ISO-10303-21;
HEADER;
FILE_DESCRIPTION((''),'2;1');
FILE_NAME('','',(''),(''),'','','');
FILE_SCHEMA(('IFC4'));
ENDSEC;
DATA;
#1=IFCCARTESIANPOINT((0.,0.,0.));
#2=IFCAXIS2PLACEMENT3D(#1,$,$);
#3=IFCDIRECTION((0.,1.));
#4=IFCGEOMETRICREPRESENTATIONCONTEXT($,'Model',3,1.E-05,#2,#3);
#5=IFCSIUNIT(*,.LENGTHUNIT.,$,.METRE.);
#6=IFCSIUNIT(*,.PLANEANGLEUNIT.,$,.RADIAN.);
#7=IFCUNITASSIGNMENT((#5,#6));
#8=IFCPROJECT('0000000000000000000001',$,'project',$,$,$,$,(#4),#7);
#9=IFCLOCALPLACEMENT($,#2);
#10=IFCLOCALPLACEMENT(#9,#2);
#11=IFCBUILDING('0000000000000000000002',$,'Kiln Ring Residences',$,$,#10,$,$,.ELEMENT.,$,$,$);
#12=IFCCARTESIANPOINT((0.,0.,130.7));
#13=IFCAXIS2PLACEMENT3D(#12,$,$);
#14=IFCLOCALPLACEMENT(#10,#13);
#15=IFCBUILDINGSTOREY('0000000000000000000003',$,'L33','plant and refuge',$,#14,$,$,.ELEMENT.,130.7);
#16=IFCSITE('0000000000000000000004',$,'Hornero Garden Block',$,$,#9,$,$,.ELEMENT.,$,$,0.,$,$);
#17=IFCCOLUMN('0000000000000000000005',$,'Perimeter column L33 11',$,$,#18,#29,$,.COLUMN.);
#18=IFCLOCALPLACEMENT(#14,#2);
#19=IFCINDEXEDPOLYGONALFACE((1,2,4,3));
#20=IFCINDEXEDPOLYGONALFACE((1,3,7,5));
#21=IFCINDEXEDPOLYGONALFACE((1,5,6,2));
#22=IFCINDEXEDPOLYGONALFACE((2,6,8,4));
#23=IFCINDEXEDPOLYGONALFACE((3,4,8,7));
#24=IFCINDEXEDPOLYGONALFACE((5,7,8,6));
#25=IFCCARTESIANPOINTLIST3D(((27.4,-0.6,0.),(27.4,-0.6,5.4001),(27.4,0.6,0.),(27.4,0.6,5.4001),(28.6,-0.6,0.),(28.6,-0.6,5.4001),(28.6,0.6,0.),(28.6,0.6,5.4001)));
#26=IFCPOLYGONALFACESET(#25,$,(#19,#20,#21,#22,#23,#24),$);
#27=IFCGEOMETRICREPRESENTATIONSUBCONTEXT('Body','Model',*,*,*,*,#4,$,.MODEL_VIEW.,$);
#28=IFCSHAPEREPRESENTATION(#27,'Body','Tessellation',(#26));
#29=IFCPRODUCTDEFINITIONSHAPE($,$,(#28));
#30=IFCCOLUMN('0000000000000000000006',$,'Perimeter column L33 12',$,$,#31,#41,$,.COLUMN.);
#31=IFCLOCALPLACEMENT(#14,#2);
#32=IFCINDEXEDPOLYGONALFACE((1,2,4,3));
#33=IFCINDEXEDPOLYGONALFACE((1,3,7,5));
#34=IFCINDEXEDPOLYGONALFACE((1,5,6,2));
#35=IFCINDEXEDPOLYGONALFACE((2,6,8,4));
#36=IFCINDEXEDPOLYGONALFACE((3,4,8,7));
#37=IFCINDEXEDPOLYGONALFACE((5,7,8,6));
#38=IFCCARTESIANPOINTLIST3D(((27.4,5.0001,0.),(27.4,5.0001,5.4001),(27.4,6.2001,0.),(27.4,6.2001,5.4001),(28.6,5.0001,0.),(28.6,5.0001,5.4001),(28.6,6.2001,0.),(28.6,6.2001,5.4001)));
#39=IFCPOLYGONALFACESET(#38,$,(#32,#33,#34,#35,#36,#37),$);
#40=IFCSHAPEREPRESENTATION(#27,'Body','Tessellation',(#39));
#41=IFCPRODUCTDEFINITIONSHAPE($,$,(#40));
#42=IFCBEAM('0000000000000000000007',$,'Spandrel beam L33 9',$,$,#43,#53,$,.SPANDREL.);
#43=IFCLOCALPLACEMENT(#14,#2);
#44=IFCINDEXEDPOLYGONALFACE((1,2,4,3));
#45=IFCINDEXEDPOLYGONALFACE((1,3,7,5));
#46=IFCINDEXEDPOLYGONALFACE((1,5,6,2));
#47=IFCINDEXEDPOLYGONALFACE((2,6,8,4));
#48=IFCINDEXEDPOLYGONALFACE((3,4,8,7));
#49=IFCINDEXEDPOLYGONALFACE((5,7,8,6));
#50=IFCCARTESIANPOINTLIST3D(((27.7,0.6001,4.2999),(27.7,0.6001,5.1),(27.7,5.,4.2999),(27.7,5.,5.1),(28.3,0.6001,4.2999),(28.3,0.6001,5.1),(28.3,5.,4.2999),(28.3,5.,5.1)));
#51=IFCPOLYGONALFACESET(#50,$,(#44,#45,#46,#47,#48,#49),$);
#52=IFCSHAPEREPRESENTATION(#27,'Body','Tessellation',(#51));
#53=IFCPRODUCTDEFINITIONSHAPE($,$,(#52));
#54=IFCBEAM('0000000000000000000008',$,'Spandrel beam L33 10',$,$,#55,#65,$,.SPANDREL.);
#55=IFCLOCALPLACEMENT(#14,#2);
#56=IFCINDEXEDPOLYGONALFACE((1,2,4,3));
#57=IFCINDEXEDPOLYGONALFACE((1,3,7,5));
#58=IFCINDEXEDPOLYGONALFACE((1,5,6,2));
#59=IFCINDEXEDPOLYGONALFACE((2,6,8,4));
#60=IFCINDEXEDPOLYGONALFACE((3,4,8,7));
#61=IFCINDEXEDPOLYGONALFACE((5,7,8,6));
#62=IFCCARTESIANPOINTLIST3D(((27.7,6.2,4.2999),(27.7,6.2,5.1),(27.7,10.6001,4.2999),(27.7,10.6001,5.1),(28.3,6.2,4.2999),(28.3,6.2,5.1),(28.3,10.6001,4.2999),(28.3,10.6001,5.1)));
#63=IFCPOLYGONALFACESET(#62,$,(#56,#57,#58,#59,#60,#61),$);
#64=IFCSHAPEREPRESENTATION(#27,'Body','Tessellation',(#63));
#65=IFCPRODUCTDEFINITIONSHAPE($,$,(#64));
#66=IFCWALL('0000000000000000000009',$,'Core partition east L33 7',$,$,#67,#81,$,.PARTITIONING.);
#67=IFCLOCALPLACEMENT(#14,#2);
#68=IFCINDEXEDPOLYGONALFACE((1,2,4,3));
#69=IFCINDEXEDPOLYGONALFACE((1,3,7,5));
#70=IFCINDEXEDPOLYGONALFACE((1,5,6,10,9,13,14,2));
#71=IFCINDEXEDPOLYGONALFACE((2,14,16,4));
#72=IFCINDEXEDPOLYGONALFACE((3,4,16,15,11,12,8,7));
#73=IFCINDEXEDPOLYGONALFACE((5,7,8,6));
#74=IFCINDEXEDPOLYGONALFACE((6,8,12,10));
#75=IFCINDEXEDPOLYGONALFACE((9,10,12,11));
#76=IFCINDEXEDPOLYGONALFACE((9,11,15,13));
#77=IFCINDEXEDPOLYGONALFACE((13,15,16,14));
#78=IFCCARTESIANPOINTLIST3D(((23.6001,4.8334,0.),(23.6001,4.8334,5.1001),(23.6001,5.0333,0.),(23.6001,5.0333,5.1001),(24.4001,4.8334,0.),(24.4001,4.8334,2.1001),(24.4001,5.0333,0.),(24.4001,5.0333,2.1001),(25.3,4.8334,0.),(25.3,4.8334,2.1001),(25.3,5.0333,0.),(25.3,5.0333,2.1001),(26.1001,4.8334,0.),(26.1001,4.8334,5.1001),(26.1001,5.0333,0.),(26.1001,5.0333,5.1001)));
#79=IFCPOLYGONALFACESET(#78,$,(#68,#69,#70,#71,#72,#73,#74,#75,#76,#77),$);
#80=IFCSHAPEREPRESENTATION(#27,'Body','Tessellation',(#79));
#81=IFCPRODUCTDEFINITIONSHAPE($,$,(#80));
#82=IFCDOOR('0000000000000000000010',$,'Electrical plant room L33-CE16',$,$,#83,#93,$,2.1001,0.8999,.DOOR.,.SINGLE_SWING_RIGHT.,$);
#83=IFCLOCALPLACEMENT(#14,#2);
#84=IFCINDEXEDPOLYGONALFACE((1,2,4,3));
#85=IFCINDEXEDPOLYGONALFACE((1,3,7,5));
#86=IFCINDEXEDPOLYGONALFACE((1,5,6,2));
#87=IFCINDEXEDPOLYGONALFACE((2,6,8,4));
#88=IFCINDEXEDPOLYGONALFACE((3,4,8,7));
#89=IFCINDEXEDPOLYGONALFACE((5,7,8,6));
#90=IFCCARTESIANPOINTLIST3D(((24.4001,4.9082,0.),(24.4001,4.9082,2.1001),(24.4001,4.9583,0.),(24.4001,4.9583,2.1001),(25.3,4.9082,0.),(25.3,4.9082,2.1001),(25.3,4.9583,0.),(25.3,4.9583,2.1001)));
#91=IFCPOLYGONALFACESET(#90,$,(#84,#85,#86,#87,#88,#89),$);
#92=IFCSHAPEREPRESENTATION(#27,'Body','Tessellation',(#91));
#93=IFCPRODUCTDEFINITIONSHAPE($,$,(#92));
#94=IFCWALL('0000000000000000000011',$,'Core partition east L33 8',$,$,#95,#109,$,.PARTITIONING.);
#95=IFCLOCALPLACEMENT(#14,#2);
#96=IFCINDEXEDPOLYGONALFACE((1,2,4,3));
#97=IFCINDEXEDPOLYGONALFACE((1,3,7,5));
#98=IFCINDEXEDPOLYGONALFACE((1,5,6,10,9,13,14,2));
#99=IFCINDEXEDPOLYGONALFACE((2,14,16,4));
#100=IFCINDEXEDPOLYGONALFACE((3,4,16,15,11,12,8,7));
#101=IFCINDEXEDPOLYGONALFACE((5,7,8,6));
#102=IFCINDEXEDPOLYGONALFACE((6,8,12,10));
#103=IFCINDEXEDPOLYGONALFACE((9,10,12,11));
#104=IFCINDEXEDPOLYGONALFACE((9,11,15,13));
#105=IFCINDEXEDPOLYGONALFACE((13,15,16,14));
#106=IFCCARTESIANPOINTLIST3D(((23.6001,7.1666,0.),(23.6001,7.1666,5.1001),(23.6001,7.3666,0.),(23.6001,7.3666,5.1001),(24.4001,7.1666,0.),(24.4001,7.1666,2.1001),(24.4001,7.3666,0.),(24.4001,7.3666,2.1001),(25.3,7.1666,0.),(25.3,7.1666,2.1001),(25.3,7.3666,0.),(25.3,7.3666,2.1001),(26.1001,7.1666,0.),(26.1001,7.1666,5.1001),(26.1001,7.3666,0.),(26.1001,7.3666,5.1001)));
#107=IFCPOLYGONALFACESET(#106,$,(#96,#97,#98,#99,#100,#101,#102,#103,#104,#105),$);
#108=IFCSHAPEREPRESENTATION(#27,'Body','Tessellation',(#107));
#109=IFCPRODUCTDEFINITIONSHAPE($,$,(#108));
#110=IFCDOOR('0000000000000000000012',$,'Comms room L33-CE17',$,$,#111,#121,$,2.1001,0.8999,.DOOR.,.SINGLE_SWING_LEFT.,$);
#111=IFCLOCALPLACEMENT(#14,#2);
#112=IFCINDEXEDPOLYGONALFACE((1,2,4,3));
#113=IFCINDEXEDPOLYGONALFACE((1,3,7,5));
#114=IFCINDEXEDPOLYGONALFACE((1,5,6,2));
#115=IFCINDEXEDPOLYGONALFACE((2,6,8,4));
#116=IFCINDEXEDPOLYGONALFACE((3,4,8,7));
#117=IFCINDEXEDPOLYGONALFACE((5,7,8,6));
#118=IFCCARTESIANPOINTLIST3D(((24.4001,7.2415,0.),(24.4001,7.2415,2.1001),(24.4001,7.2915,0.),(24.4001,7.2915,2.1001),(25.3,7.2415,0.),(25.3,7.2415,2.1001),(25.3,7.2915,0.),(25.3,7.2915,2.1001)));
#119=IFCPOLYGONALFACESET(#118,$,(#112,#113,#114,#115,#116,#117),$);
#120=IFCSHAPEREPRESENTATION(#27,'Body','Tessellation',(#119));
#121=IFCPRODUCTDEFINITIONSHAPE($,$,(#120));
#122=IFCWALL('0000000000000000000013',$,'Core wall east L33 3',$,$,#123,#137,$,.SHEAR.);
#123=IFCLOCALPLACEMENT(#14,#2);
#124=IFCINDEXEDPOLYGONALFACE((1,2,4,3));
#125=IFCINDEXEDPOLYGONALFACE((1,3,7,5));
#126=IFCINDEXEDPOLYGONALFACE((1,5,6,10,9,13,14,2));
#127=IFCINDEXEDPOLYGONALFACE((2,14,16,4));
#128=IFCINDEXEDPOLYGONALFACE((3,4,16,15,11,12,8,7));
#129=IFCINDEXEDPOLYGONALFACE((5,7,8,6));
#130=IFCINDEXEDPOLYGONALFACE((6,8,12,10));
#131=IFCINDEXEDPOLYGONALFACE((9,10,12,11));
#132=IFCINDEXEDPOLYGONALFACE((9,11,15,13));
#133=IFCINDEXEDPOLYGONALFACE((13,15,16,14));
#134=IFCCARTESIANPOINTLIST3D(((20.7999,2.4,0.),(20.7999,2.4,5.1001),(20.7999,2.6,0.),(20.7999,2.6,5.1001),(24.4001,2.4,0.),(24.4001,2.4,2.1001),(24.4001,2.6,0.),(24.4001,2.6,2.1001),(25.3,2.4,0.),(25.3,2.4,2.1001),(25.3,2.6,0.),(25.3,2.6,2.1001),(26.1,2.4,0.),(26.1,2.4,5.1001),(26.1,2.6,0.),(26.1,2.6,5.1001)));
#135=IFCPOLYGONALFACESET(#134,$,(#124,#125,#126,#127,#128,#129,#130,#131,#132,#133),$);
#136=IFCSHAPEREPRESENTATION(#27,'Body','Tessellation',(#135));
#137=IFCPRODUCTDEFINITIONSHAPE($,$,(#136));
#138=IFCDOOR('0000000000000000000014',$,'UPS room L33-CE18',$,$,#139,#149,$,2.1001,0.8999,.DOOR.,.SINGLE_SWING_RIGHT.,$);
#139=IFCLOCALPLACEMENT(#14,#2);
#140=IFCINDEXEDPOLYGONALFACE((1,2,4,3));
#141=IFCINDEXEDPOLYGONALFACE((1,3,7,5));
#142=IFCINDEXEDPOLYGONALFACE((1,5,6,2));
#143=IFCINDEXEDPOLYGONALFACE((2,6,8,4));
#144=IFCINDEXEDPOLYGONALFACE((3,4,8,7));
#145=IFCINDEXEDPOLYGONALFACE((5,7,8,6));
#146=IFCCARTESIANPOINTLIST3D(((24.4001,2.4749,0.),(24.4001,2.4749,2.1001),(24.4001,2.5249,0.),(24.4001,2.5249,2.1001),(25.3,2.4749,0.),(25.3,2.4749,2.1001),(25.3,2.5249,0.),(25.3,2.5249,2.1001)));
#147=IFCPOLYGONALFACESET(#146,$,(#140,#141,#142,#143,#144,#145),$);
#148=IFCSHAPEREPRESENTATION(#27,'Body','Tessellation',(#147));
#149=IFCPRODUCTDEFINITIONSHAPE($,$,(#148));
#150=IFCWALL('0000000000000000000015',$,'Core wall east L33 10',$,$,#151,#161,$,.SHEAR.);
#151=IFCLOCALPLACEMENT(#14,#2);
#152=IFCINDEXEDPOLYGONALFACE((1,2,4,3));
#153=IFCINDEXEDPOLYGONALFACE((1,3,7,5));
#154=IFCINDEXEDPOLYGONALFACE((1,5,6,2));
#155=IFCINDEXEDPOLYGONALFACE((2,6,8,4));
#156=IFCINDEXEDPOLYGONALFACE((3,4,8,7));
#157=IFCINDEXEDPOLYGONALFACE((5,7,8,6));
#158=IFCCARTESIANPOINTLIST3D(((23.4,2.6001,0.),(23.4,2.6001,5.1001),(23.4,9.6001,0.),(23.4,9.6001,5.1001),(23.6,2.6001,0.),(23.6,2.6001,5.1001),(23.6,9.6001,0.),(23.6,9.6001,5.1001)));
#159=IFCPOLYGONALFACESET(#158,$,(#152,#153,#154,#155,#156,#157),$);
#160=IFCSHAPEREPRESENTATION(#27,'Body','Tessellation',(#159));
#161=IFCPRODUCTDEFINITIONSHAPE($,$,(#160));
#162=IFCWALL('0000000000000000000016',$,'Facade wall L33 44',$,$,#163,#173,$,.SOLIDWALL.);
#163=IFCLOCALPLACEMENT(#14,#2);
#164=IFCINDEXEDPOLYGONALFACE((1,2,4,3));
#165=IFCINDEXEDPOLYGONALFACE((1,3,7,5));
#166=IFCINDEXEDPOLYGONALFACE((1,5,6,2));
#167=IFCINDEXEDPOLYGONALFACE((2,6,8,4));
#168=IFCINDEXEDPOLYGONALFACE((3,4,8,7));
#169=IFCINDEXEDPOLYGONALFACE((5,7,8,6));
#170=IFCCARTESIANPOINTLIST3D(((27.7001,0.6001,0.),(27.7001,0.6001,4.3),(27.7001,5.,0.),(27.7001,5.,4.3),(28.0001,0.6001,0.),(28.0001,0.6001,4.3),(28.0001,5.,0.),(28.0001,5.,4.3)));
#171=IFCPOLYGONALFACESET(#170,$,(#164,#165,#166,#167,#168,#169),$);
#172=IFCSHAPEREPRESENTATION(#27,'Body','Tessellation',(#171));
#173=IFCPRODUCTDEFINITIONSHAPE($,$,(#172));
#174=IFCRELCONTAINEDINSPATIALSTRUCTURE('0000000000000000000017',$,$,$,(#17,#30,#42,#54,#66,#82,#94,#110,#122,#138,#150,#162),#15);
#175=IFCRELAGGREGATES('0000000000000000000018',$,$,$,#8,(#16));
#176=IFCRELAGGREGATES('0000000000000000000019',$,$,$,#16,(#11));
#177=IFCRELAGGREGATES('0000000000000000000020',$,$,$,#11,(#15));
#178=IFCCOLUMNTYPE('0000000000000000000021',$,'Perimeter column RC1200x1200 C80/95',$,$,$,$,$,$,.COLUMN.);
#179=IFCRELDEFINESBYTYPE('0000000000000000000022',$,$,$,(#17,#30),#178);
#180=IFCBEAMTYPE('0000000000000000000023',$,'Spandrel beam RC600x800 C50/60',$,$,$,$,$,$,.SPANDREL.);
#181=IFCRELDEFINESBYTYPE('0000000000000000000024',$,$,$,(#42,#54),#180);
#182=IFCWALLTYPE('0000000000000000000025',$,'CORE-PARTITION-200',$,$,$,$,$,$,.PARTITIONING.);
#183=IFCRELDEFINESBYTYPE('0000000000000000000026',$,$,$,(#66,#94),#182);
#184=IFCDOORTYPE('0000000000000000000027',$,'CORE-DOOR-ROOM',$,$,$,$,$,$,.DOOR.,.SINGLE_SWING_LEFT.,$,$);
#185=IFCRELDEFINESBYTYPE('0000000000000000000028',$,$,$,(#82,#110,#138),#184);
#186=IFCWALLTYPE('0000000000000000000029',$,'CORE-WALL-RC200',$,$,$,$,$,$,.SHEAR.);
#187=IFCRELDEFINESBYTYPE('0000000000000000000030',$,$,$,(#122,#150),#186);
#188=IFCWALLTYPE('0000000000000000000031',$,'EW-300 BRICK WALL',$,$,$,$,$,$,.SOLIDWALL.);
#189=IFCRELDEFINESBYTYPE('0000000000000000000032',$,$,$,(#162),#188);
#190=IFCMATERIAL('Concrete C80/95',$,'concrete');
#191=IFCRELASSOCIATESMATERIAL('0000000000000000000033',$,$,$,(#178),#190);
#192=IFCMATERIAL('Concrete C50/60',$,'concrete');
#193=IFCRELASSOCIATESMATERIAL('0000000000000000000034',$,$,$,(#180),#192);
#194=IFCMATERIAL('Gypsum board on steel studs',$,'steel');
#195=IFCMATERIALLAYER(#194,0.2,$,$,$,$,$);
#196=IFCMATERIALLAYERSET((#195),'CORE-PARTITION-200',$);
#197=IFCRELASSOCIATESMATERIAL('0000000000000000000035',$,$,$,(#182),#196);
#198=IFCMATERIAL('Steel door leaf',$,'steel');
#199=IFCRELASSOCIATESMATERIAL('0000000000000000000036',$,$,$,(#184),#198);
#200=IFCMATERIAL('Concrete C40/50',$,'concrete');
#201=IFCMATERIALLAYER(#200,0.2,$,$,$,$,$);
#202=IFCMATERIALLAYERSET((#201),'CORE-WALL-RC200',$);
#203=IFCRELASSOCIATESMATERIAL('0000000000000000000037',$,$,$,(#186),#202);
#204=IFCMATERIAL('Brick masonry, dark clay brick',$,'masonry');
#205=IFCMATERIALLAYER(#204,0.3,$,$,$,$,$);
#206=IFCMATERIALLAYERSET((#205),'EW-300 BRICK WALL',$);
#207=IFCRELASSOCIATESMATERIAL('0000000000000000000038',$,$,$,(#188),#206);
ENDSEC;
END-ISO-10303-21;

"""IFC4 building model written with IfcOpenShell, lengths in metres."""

from ifc_helpers import new_model, si_unit, direction, frame, frame_2d, origin, origin_2d, place, context, subcontext, project, spatial, rectangle, extrude, material, layer, layer_set, material_profile, profile_set, type_object, element, fill, save


model = new_model("IFC4")

# Units and contexts
model_context = context("Model", 3, precision=1e-05, world=origin(), true_north=direction((0.0, 1.0)))
body_context = subcontext(model_context, "Body", "Model", "MODEL_VIEW")
ifc_project = project(units=[si_unit("LENGTHUNIT", "METRE"), si_unit("PLANEANGLEUNIT", "RADIAN")], contexts=[model_context])

# Site, building, storey
site_placement = place(None, origin())
site = spatial("IfcSite", under=ifc_project, at=site_placement, Name="Hornero Garden Block", CompositionType="ELEMENT", RefElevation=0.0)
building_placement = place(site_placement, origin())
building = spatial("IfcBuilding", under=site, at=building_placement, Name="Kiln Ring Residences", CompositionType="ELEMENT")
storey_placement = place(building_placement, frame((0.0, 0.0, 130.7)))
storey = spatial("IfcBuildingStorey", under=building, at=storey_placement, Name="L33", Description="plant and refuge", CompositionType="ELEMENT", Elevation=130.7)

# Columns
ifc_material_1 = material(Name="Concrete C80/95", Category="concrete")
ifc_material_profile_1 = material_profile(ifc_material_1, rectangle(XDim=1.2, YDim=1.2, at=origin_2d()), Name="RC1200x1200")
ifc_profile_set_1 = profile_set([ifc_material_profile_1], Name="Concrete C80/95")
column_type = type_object("IfcColumnType", Name="Perimeter column RC1200x1200 C80/95", PredefinedType="COLUMN", material=ifc_profile_set_1)
for number, where, z_axis, x_axis, name in (
    (1, (28.0, 0.0, 0.0), (0.0, 0.0, 1.0), (1.0, 0.0, 0.0), "Perimeter column L33 11"),
    (2, (28.0, 5.6001, 0.0), (0.0, 0.0, 1.0), (1.0, 0.0, 0.0), "Perimeter column L33 12"),
):
    element("IfcColumn", number, at=place(storey_placement, frame(where, z_axis=z_axis, x_axis=x_axis)), inside=storey, type_object=column_type, Name=name, PredefinedType="COLUMN", context=body_context, shape_type="SweptSolid", body=[
        extrude(rectangle(XDim=1.2, YDim=1.2, at=origin_2d()), origin(), (0.0, 0.0, 1.0), 5.4001),
    ])

# Beams
ifc_material_2 = material(Name="Concrete C50/60", Category="concrete")
ifc_material_profile_2 = material_profile(ifc_material_2, rectangle(XDim=0.6001, YDim=0.8, at=origin_2d()), Name="RC600x800")
ifc_profile_set_2 = profile_set([ifc_material_profile_2], Name="Concrete C50/60")
beam_type = type_object("IfcBeamType", Name="Spandrel beam RC600x800 C50/60", PredefinedType="SPANDREL", material=ifc_profile_set_2)
beam_1_placement = place(storey_placement, frame((28.0, 0.6001, 4.7), z_axis=(0.0, 1.0, 0.0), x_axis=(-1.0, 0.0, 0.0)))
element("IfcBeam", 3, at=beam_1_placement, inside=storey, type_object=beam_type, Name="Spandrel beam L33 9", PredefinedType="SPANDREL", context=body_context, shape_type="SweptSolid", body=[
    extrude(rectangle(XDim=0.6001, YDim=0.8, at=origin_2d()), origin(), (0.0, 0.0, 1.0), 4.3999),
])
beam_2_placement = place(storey_placement, frame((28.0, 6.2, 4.7), z_axis=(0.0, 1.0, 0.0), x_axis=(-1.0, 0.0, 0.0)))
element("IfcBeam", 4, at=beam_2_placement, inside=storey, type_object=beam_type, Name="Spandrel beam L33 10", PredefinedType="SPANDREL", context=body_context, shape_type="SweptSolid", body=[
    extrude(rectangle(XDim=0.6001, YDim=0.8, at=origin_2d()), origin(), (0.0, 0.0, 1.0), 4.4001),
])

# Walls, openings, doors
ifc_material_3 = material(Name="Gypsum board on steel studs", Category="steel")
ifc_layer_1 = layer(ifc_material_3, 0.2)
ifc_layer_set_1 = layer_set([ifc_layer_1], Name="CORE-PARTITION-200")
wall_type_1 = type_object("IfcWallType", Name="CORE-PARTITION-200", PredefinedType="PARTITIONING", material=ifc_layer_set_1)
wall_1_placement = place(storey_placement, frame((23.6001, 4.9333, 0.0), z_axis=(0.0, 0.0, 1.0), x_axis=(1.0, 0.0, 0.0)))
wall_1 = element("IfcWall", 5, at=wall_1_placement, inside=storey, type_object=wall_type_1, Name="Core partition east L33 7", PredefinedType="PARTITIONING", context=body_context, shape_type="SweptSolid", body=[
    extrude(rectangle(XDim=2.5, YDim=0.2, at=frame_2d((1.25, 0.0))), origin(), (0.0, 0.0, 1.0), 5.1001),
])
opening_1_placement = place(wall_1_placement, frame((0.8, 0.0, 0.0)))
opening_1 = element("IfcOpeningElement", 6, at=opening_1_placement, cuts=wall_1, PredefinedType="OPENING", context=body_context, shape_type="SweptSolid", body=[
    extrude(rectangle(XDim=0.8999, YDim=2.1001, at=frame_2d((0.45, 1.05))), frame((0.0, 0.1099, 0.0), z_axis=(0.0, -1.0, 0.0), x_axis=(1.0, 0.0, 0.0)), (0.0, 0.0, 1.0), 0.22),
])
ifc_material_4 = material(Name="Steel door leaf", Category="steel")
door_type = type_object("IfcDoorType", Name="CORE-DOOR-ROOM", OperationType="SINGLE_SWING_LEFT", PredefinedType="DOOR", material=ifc_material_4)
door_1_placement = place(opening_1_placement, origin())
door_1 = element("IfcDoor", 7, at=door_1_placement, inside=storey, type_object=door_type, Name="Electrical plant room L33-CE16", OperationType="SINGLE_SWING_RIGHT", OverallHeight=2.1001, OverallWidth=0.8999, PredefinedType="DOOR", context=body_context, shape_type="SweptSolid", body=[
    extrude(rectangle(XDim=0.8999, YDim=2.1001, at=frame_2d((0.45, 1.05))), frame((0.0, 0.0249, 0.0), z_axis=(0.0, -1.0, 0.0), x_axis=(1.0, 0.0, 0.0)), (0.0, 0.0, 1.0), 0.05),
])
fill(opening_1, door_1)
wall_2_placement = place(storey_placement, frame((23.6001, 7.2666, 0.0), z_axis=(0.0, 0.0, 1.0), x_axis=(1.0, 0.0, 0.0)))
wall_2 = element("IfcWall", 8, at=wall_2_placement, inside=storey, type_object=wall_type_1, Name="Core partition east L33 8", PredefinedType="PARTITIONING", context=body_context, shape_type="SweptSolid", body=[
    extrude(rectangle(XDim=2.5, YDim=0.2, at=frame_2d((1.25, 0.0))), origin(), (0.0, 0.0, 1.0), 5.1001),
])
opening_2_placement = place(wall_2_placement, frame((0.8, 0.0, 0.0)))
opening_2 = element("IfcOpeningElement", 9, at=opening_2_placement, cuts=wall_2, PredefinedType="OPENING", context=body_context, shape_type="SweptSolid", body=[
    extrude(rectangle(XDim=0.8999, YDim=2.1001, at=frame_2d((0.45, 1.05))), frame((0.0, 0.1099, 0.0), z_axis=(0.0, -1.0, 0.0), x_axis=(1.0, 0.0, 0.0)), (0.0, 0.0, 1.0), 0.22),
])
door_2_placement = place(opening_2_placement, origin())
door_2 = element("IfcDoor", 10, at=door_2_placement, inside=storey, type_object=door_type, Name="Comms room L33-CE17", OperationType="SINGLE_SWING_LEFT", OverallHeight=2.1001, OverallWidth=0.8999, PredefinedType="DOOR", context=body_context, shape_type="SweptSolid", body=[
    extrude(rectangle(XDim=0.8999, YDim=2.1001, at=frame_2d((0.45, 1.05))), frame((0.0, 0.0249, 0.0), z_axis=(0.0, -1.0, 0.0), x_axis=(1.0, 0.0, 0.0)), (0.0, 0.0, 1.0), 0.05),
])
fill(opening_2, door_2)
ifc_material_5 = material(Name="Concrete C40/50", Category="concrete")
ifc_layer_2 = layer(ifc_material_5, 0.2)
ifc_layer_set_2 = layer_set([ifc_layer_2], Name="CORE-WALL-RC200")
wall_type_2 = type_object("IfcWallType", Name="CORE-WALL-RC200", PredefinedType="SHEAR", material=ifc_layer_set_2)
wall_3_placement = place(storey_placement, frame((20.8, 2.5, 0.0), z_axis=(0.0, 0.0, 1.0), x_axis=(1.0, 0.0, 0.0)))
wall_3 = element("IfcWall", 11, at=wall_3_placement, inside=storey, type_object=wall_type_2, Name="Core wall east L33 3", PredefinedType="SHEAR", context=body_context, shape_type="SweptSolid", body=[
    extrude(rectangle(XDim=5.3, YDim=0.2, at=frame_2d((2.6499, 0.0))), origin(), (0.0, 0.0, 1.0), 5.1001),
])
opening_3_placement = place(wall_3_placement, frame((3.6001, 0.0, 0.0)))
opening_3 = element("IfcOpeningElement", 12, at=opening_3_placement, cuts=wall_3, PredefinedType="OPENING", context=body_context, shape_type="SweptSolid", body=[
    extrude(rectangle(XDim=0.8999, YDim=2.1001, at=frame_2d((0.45, 1.05))), frame((0.0, 0.1099, 0.0), z_axis=(0.0, -1.0, 0.0), x_axis=(1.0, 0.0, 0.0)), (0.0, 0.0, 1.0), 0.22),
])
door_3_placement = place(opening_3_placement, origin())
door_3 = element("IfcDoor", 13, at=door_3_placement, inside=storey, type_object=door_type, Name="UPS room L33-CE18", OperationType="SINGLE_SWING_RIGHT", OverallHeight=2.1001, OverallWidth=0.8999, PredefinedType="DOOR", context=body_context, shape_type="SweptSolid", body=[
    extrude(rectangle(XDim=0.8999, YDim=2.1001, at=frame_2d((0.45, 1.05))), frame((0.0, 0.0249, 0.0), z_axis=(0.0, -1.0, 0.0), x_axis=(1.0, 0.0, 0.0)), (0.0, 0.0, 1.0), 0.05),
])
fill(opening_3, door_3)

# Walls
wall_4_placement = place(storey_placement, frame((23.5, 2.6001, 0.0), z_axis=(0.0, 0.0, 1.0), x_axis=(0.0, 1.0, 0.0)))
element("IfcWall", 14, at=wall_4_placement, inside=storey, type_object=wall_type_2, Name="Core wall east L33 10", PredefinedType="SHEAR", context=body_context, shape_type="SweptSolid", body=[
    extrude(rectangle(XDim=7.0, YDim=0.2, at=frame_2d((3.5, 0.0))), origin(), (0.0, 0.0, 1.0), 5.1001),
])
ifc_material_6 = material(Name="Brick masonry, dark clay brick", Category="masonry")
ifc_layer_3 = layer(ifc_material_6, 0.3)
ifc_layer_set_3 = layer_set([ifc_layer_3], Name="EW-300 BRICK WALL")
wall_type_3 = type_object("IfcWallType", Name="EW-300 BRICK WALL", PredefinedType="SOLIDWALL", material=ifc_layer_set_3)
wall_5_placement = place(storey_placement, frame((27.8501, 0.6001, 0.0), z_axis=(0.0, 0.0, 1.0), x_axis=(0.0, 1.0, 0.0)))
element("IfcWall", 15, at=wall_5_placement, inside=storey, type_object=wall_type_3, Name="Facade wall L33 44", PredefinedType="SOLIDWALL", context=body_context, shape_type="SweptSolid", body=[
    extrude(rectangle(XDim=4.3999, YDim=0.3, at=frame_2d((2.2, 0.0))), origin(), (0.0, 0.0, 1.0), 4.3),
])

save(model, "model.ifc")
